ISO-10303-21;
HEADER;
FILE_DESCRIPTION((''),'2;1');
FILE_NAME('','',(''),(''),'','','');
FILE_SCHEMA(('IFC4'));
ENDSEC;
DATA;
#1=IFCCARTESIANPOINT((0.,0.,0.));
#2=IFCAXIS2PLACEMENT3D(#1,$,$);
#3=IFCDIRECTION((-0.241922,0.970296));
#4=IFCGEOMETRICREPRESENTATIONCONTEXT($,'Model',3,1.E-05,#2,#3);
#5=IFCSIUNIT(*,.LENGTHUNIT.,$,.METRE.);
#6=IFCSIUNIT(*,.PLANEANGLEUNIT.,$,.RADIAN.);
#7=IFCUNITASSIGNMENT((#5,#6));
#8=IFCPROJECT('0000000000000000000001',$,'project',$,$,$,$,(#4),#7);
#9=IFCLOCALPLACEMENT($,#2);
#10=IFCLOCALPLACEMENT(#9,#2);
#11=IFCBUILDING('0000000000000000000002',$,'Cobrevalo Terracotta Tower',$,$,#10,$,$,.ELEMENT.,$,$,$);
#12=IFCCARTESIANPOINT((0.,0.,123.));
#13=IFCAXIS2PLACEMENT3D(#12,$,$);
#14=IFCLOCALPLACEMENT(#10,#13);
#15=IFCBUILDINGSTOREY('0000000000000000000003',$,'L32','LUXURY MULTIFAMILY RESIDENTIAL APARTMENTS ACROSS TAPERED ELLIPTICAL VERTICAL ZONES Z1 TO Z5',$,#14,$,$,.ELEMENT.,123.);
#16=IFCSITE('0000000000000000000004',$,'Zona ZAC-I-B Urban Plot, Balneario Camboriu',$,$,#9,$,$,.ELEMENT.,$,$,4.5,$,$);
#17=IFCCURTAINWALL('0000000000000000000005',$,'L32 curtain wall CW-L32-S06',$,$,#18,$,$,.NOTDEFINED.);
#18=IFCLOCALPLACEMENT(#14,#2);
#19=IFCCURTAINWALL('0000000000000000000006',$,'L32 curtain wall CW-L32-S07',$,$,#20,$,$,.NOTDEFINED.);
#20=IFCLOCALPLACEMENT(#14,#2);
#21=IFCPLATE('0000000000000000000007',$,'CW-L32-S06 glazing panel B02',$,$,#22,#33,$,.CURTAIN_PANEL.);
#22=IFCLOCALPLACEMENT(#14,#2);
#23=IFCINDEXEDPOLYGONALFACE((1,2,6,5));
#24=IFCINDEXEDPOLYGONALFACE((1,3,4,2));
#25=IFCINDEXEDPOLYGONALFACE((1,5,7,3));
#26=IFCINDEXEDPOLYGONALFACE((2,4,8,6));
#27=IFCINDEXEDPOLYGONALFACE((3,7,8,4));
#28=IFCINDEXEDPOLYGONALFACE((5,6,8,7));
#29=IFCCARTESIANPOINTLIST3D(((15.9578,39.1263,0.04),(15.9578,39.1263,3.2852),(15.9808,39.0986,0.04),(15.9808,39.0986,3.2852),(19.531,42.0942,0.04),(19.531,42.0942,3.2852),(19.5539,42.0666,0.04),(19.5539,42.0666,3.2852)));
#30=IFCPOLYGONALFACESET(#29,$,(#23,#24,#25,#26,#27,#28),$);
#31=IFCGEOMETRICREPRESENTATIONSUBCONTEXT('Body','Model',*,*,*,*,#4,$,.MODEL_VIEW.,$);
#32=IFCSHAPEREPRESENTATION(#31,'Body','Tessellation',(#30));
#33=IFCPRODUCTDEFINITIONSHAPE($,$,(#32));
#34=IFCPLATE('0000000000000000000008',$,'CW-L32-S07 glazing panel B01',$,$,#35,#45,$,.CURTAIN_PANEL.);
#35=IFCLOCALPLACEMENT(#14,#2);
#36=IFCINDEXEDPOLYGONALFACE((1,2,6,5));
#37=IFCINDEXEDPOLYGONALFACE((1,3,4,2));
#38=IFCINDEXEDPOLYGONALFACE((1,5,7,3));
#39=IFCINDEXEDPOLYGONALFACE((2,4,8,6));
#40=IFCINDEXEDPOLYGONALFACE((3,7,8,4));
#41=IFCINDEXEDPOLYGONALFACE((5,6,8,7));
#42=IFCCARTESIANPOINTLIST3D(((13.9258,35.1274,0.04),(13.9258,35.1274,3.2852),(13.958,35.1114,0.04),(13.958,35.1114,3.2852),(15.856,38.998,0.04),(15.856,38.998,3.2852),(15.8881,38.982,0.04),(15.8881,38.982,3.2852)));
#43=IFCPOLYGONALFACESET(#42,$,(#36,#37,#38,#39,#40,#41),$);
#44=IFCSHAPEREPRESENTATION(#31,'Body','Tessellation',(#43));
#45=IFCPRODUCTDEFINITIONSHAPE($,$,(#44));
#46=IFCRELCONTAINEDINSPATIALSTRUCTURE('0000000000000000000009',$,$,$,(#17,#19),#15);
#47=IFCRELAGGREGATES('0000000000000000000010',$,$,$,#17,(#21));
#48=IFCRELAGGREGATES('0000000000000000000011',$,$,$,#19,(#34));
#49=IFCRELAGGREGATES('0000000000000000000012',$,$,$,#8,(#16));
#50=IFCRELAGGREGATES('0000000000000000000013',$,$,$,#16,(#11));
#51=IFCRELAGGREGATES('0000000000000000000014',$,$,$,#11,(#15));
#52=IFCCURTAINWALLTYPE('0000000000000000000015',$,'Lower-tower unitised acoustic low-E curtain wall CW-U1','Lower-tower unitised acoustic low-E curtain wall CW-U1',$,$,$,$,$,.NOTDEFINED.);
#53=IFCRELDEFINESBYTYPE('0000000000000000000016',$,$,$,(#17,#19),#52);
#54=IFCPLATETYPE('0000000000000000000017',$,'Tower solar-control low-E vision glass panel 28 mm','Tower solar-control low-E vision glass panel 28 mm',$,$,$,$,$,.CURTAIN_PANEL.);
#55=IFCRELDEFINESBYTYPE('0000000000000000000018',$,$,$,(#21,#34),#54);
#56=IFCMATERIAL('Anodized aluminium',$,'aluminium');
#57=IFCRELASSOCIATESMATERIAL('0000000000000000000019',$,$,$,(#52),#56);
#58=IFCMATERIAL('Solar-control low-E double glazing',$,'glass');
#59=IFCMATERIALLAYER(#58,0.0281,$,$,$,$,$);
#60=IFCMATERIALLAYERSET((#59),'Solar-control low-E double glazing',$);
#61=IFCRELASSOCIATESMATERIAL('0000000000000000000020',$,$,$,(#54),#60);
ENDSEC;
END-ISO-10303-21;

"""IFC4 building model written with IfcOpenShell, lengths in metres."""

from ifc_helpers import new_model, si_unit, direction, frame, origin, origin_2d, place, context, subcontext, project, spatial, rectangle, extrude, source, transform, mapped, material, layer, layer_set, type_object, element, aggregate, save


model = new_model("IFC4")

# Units and contexts
model_context = context("Model", 3, precision=1e-05, world=origin(), true_north=direction((-0.241922, 0.970296)))
body_context = subcontext(model_context, "Body", "Model", "MODEL_VIEW")
ifc_project = project(units=[si_unit("LENGTHUNIT", "METRE"), si_unit("PLANEANGLEUNIT", "RADIAN")], contexts=[model_context])

# Site, building, storey
site_placement = place(None, origin())
site = spatial("IfcSite", under=ifc_project, at=site_placement, Name="Zona ZAC-I-B Urban Plot, Balneario Camboriu", CompositionType="ELEMENT", RefElevation=4.5)
building_placement = place(site_placement, origin())
building = spatial("IfcBuilding", under=site, at=building_placement, Name="Cobrevalo Terracotta Tower", CompositionType="ELEMENT")
storey_placement = place(building_placement, frame((0.0, 0.0, 123.0)))
storey = spatial("IfcBuildingStorey", under=building, at=storey_placement, Name="L32", Description="LUXURY MULTIFAMILY RESIDENTIAL APARTMENTS ACROSS TAPERED ELLIPTICAL VERTICAL ZONES Z1 TO Z5", CompositionType="ELEMENT", Elevation=123.0)

# Curtain walls
ifc_material_1 = material(Name="Anodized aluminium", Category="aluminium")
curtain_wall_type = type_object("IfcCurtainWallType", Name="Lower-tower unitised acoustic low-E curtain wall CW-U1", Description="Lower-tower unitised acoustic low-E curtain wall CW-U1", PredefinedType="NOTDEFINED", material=ifc_material_1)
curtain_wall_1_placement = place(storey_placement, origin())
curtain_wall_1 = element("IfcCurtainWall", 1, at=curtain_wall_1_placement, inside=storey, type_object=curtain_wall_type, Name="L32 curtain wall CW-L32-S06", PredefinedType="NOTDEFINED")
curtain_wall_2_placement = place(storey_placement, origin())
curtain_wall_2 = element("IfcCurtainWall", 2, at=curtain_wall_2_placement, inside=storey, type_object=curtain_wall_type, Name="L32 curtain wall CW-L32-S07", PredefinedType="NOTDEFINED")

# Plates
ifc_material_2 = material(Name="Solar-control low-E double glazing", Category="glass")
ifc_layer = layer(ifc_material_2, 0.0281)
ifc_layer_set = layer_set([ifc_layer], Name="Solar-control low-E double glazing")
plate_type = type_object("IfcPlateType", Name="Tower solar-control low-E vision glass panel 28 mm", Description="Tower solar-control low-E vision glass panel 28 mm", PredefinedType="CURTAIN_PANEL", material=ifc_layer_set)
shared_shape_1 = source(origin(), body_context, "Body", "SweptSolid", [
    extrude(rectangle(XDim=4.645, YDim=0.0359, at=origin_2d()), origin(), (0.0, 0.0, 1.0), 3.2451),
])
plate_1_placement = place(storey_placement, frame((17.7559, 40.5964, 0.04), z_axis=(0.0, 0.0, 1.0), x_axis=(-0.769241, -0.638958, 0.0)))
plate_1 = element("IfcPlate", 3, at=plate_1_placement, type_object=plate_type, Name="CW-L32-S06 glazing panel B02", PredefinedType="CURTAIN_PANEL", context=body_context, shape_type="MappedRepresentation", body=[
    mapped(shared_shape_1, transform((0.0, 0.0, 0.0), scale=1.0)),
])
aggregate(curtain_wall_1, [plate_1])
shared_shape_2 = source(origin(), body_context, "Body", "SweptSolid", [
    extrude(rectangle(XDim=4.3252, YDim=0.0359, at=origin_2d()), origin(), (0.0, 0.0, 1.0), 3.2451),
])
plate_2_placement = place(storey_placement, frame((14.907, 37.0547, 0.04), z_axis=(0.0, 0.0, 1.0), x_axis=(-0.446262, -0.894902, 0.0)))
plate_2 = element("IfcPlate", 4, at=plate_2_placement, type_object=plate_type, Name="CW-L32-S07 glazing panel B01", PredefinedType="CURTAIN_PANEL", context=body_context, shape_type="MappedRepresentation", body=[
    mapped(shared_shape_2, transform((0.0, 0.0, 0.0), scale=1.0)),
])
aggregate(curtain_wall_2, [plate_2])

save(model, "model.ifc")
